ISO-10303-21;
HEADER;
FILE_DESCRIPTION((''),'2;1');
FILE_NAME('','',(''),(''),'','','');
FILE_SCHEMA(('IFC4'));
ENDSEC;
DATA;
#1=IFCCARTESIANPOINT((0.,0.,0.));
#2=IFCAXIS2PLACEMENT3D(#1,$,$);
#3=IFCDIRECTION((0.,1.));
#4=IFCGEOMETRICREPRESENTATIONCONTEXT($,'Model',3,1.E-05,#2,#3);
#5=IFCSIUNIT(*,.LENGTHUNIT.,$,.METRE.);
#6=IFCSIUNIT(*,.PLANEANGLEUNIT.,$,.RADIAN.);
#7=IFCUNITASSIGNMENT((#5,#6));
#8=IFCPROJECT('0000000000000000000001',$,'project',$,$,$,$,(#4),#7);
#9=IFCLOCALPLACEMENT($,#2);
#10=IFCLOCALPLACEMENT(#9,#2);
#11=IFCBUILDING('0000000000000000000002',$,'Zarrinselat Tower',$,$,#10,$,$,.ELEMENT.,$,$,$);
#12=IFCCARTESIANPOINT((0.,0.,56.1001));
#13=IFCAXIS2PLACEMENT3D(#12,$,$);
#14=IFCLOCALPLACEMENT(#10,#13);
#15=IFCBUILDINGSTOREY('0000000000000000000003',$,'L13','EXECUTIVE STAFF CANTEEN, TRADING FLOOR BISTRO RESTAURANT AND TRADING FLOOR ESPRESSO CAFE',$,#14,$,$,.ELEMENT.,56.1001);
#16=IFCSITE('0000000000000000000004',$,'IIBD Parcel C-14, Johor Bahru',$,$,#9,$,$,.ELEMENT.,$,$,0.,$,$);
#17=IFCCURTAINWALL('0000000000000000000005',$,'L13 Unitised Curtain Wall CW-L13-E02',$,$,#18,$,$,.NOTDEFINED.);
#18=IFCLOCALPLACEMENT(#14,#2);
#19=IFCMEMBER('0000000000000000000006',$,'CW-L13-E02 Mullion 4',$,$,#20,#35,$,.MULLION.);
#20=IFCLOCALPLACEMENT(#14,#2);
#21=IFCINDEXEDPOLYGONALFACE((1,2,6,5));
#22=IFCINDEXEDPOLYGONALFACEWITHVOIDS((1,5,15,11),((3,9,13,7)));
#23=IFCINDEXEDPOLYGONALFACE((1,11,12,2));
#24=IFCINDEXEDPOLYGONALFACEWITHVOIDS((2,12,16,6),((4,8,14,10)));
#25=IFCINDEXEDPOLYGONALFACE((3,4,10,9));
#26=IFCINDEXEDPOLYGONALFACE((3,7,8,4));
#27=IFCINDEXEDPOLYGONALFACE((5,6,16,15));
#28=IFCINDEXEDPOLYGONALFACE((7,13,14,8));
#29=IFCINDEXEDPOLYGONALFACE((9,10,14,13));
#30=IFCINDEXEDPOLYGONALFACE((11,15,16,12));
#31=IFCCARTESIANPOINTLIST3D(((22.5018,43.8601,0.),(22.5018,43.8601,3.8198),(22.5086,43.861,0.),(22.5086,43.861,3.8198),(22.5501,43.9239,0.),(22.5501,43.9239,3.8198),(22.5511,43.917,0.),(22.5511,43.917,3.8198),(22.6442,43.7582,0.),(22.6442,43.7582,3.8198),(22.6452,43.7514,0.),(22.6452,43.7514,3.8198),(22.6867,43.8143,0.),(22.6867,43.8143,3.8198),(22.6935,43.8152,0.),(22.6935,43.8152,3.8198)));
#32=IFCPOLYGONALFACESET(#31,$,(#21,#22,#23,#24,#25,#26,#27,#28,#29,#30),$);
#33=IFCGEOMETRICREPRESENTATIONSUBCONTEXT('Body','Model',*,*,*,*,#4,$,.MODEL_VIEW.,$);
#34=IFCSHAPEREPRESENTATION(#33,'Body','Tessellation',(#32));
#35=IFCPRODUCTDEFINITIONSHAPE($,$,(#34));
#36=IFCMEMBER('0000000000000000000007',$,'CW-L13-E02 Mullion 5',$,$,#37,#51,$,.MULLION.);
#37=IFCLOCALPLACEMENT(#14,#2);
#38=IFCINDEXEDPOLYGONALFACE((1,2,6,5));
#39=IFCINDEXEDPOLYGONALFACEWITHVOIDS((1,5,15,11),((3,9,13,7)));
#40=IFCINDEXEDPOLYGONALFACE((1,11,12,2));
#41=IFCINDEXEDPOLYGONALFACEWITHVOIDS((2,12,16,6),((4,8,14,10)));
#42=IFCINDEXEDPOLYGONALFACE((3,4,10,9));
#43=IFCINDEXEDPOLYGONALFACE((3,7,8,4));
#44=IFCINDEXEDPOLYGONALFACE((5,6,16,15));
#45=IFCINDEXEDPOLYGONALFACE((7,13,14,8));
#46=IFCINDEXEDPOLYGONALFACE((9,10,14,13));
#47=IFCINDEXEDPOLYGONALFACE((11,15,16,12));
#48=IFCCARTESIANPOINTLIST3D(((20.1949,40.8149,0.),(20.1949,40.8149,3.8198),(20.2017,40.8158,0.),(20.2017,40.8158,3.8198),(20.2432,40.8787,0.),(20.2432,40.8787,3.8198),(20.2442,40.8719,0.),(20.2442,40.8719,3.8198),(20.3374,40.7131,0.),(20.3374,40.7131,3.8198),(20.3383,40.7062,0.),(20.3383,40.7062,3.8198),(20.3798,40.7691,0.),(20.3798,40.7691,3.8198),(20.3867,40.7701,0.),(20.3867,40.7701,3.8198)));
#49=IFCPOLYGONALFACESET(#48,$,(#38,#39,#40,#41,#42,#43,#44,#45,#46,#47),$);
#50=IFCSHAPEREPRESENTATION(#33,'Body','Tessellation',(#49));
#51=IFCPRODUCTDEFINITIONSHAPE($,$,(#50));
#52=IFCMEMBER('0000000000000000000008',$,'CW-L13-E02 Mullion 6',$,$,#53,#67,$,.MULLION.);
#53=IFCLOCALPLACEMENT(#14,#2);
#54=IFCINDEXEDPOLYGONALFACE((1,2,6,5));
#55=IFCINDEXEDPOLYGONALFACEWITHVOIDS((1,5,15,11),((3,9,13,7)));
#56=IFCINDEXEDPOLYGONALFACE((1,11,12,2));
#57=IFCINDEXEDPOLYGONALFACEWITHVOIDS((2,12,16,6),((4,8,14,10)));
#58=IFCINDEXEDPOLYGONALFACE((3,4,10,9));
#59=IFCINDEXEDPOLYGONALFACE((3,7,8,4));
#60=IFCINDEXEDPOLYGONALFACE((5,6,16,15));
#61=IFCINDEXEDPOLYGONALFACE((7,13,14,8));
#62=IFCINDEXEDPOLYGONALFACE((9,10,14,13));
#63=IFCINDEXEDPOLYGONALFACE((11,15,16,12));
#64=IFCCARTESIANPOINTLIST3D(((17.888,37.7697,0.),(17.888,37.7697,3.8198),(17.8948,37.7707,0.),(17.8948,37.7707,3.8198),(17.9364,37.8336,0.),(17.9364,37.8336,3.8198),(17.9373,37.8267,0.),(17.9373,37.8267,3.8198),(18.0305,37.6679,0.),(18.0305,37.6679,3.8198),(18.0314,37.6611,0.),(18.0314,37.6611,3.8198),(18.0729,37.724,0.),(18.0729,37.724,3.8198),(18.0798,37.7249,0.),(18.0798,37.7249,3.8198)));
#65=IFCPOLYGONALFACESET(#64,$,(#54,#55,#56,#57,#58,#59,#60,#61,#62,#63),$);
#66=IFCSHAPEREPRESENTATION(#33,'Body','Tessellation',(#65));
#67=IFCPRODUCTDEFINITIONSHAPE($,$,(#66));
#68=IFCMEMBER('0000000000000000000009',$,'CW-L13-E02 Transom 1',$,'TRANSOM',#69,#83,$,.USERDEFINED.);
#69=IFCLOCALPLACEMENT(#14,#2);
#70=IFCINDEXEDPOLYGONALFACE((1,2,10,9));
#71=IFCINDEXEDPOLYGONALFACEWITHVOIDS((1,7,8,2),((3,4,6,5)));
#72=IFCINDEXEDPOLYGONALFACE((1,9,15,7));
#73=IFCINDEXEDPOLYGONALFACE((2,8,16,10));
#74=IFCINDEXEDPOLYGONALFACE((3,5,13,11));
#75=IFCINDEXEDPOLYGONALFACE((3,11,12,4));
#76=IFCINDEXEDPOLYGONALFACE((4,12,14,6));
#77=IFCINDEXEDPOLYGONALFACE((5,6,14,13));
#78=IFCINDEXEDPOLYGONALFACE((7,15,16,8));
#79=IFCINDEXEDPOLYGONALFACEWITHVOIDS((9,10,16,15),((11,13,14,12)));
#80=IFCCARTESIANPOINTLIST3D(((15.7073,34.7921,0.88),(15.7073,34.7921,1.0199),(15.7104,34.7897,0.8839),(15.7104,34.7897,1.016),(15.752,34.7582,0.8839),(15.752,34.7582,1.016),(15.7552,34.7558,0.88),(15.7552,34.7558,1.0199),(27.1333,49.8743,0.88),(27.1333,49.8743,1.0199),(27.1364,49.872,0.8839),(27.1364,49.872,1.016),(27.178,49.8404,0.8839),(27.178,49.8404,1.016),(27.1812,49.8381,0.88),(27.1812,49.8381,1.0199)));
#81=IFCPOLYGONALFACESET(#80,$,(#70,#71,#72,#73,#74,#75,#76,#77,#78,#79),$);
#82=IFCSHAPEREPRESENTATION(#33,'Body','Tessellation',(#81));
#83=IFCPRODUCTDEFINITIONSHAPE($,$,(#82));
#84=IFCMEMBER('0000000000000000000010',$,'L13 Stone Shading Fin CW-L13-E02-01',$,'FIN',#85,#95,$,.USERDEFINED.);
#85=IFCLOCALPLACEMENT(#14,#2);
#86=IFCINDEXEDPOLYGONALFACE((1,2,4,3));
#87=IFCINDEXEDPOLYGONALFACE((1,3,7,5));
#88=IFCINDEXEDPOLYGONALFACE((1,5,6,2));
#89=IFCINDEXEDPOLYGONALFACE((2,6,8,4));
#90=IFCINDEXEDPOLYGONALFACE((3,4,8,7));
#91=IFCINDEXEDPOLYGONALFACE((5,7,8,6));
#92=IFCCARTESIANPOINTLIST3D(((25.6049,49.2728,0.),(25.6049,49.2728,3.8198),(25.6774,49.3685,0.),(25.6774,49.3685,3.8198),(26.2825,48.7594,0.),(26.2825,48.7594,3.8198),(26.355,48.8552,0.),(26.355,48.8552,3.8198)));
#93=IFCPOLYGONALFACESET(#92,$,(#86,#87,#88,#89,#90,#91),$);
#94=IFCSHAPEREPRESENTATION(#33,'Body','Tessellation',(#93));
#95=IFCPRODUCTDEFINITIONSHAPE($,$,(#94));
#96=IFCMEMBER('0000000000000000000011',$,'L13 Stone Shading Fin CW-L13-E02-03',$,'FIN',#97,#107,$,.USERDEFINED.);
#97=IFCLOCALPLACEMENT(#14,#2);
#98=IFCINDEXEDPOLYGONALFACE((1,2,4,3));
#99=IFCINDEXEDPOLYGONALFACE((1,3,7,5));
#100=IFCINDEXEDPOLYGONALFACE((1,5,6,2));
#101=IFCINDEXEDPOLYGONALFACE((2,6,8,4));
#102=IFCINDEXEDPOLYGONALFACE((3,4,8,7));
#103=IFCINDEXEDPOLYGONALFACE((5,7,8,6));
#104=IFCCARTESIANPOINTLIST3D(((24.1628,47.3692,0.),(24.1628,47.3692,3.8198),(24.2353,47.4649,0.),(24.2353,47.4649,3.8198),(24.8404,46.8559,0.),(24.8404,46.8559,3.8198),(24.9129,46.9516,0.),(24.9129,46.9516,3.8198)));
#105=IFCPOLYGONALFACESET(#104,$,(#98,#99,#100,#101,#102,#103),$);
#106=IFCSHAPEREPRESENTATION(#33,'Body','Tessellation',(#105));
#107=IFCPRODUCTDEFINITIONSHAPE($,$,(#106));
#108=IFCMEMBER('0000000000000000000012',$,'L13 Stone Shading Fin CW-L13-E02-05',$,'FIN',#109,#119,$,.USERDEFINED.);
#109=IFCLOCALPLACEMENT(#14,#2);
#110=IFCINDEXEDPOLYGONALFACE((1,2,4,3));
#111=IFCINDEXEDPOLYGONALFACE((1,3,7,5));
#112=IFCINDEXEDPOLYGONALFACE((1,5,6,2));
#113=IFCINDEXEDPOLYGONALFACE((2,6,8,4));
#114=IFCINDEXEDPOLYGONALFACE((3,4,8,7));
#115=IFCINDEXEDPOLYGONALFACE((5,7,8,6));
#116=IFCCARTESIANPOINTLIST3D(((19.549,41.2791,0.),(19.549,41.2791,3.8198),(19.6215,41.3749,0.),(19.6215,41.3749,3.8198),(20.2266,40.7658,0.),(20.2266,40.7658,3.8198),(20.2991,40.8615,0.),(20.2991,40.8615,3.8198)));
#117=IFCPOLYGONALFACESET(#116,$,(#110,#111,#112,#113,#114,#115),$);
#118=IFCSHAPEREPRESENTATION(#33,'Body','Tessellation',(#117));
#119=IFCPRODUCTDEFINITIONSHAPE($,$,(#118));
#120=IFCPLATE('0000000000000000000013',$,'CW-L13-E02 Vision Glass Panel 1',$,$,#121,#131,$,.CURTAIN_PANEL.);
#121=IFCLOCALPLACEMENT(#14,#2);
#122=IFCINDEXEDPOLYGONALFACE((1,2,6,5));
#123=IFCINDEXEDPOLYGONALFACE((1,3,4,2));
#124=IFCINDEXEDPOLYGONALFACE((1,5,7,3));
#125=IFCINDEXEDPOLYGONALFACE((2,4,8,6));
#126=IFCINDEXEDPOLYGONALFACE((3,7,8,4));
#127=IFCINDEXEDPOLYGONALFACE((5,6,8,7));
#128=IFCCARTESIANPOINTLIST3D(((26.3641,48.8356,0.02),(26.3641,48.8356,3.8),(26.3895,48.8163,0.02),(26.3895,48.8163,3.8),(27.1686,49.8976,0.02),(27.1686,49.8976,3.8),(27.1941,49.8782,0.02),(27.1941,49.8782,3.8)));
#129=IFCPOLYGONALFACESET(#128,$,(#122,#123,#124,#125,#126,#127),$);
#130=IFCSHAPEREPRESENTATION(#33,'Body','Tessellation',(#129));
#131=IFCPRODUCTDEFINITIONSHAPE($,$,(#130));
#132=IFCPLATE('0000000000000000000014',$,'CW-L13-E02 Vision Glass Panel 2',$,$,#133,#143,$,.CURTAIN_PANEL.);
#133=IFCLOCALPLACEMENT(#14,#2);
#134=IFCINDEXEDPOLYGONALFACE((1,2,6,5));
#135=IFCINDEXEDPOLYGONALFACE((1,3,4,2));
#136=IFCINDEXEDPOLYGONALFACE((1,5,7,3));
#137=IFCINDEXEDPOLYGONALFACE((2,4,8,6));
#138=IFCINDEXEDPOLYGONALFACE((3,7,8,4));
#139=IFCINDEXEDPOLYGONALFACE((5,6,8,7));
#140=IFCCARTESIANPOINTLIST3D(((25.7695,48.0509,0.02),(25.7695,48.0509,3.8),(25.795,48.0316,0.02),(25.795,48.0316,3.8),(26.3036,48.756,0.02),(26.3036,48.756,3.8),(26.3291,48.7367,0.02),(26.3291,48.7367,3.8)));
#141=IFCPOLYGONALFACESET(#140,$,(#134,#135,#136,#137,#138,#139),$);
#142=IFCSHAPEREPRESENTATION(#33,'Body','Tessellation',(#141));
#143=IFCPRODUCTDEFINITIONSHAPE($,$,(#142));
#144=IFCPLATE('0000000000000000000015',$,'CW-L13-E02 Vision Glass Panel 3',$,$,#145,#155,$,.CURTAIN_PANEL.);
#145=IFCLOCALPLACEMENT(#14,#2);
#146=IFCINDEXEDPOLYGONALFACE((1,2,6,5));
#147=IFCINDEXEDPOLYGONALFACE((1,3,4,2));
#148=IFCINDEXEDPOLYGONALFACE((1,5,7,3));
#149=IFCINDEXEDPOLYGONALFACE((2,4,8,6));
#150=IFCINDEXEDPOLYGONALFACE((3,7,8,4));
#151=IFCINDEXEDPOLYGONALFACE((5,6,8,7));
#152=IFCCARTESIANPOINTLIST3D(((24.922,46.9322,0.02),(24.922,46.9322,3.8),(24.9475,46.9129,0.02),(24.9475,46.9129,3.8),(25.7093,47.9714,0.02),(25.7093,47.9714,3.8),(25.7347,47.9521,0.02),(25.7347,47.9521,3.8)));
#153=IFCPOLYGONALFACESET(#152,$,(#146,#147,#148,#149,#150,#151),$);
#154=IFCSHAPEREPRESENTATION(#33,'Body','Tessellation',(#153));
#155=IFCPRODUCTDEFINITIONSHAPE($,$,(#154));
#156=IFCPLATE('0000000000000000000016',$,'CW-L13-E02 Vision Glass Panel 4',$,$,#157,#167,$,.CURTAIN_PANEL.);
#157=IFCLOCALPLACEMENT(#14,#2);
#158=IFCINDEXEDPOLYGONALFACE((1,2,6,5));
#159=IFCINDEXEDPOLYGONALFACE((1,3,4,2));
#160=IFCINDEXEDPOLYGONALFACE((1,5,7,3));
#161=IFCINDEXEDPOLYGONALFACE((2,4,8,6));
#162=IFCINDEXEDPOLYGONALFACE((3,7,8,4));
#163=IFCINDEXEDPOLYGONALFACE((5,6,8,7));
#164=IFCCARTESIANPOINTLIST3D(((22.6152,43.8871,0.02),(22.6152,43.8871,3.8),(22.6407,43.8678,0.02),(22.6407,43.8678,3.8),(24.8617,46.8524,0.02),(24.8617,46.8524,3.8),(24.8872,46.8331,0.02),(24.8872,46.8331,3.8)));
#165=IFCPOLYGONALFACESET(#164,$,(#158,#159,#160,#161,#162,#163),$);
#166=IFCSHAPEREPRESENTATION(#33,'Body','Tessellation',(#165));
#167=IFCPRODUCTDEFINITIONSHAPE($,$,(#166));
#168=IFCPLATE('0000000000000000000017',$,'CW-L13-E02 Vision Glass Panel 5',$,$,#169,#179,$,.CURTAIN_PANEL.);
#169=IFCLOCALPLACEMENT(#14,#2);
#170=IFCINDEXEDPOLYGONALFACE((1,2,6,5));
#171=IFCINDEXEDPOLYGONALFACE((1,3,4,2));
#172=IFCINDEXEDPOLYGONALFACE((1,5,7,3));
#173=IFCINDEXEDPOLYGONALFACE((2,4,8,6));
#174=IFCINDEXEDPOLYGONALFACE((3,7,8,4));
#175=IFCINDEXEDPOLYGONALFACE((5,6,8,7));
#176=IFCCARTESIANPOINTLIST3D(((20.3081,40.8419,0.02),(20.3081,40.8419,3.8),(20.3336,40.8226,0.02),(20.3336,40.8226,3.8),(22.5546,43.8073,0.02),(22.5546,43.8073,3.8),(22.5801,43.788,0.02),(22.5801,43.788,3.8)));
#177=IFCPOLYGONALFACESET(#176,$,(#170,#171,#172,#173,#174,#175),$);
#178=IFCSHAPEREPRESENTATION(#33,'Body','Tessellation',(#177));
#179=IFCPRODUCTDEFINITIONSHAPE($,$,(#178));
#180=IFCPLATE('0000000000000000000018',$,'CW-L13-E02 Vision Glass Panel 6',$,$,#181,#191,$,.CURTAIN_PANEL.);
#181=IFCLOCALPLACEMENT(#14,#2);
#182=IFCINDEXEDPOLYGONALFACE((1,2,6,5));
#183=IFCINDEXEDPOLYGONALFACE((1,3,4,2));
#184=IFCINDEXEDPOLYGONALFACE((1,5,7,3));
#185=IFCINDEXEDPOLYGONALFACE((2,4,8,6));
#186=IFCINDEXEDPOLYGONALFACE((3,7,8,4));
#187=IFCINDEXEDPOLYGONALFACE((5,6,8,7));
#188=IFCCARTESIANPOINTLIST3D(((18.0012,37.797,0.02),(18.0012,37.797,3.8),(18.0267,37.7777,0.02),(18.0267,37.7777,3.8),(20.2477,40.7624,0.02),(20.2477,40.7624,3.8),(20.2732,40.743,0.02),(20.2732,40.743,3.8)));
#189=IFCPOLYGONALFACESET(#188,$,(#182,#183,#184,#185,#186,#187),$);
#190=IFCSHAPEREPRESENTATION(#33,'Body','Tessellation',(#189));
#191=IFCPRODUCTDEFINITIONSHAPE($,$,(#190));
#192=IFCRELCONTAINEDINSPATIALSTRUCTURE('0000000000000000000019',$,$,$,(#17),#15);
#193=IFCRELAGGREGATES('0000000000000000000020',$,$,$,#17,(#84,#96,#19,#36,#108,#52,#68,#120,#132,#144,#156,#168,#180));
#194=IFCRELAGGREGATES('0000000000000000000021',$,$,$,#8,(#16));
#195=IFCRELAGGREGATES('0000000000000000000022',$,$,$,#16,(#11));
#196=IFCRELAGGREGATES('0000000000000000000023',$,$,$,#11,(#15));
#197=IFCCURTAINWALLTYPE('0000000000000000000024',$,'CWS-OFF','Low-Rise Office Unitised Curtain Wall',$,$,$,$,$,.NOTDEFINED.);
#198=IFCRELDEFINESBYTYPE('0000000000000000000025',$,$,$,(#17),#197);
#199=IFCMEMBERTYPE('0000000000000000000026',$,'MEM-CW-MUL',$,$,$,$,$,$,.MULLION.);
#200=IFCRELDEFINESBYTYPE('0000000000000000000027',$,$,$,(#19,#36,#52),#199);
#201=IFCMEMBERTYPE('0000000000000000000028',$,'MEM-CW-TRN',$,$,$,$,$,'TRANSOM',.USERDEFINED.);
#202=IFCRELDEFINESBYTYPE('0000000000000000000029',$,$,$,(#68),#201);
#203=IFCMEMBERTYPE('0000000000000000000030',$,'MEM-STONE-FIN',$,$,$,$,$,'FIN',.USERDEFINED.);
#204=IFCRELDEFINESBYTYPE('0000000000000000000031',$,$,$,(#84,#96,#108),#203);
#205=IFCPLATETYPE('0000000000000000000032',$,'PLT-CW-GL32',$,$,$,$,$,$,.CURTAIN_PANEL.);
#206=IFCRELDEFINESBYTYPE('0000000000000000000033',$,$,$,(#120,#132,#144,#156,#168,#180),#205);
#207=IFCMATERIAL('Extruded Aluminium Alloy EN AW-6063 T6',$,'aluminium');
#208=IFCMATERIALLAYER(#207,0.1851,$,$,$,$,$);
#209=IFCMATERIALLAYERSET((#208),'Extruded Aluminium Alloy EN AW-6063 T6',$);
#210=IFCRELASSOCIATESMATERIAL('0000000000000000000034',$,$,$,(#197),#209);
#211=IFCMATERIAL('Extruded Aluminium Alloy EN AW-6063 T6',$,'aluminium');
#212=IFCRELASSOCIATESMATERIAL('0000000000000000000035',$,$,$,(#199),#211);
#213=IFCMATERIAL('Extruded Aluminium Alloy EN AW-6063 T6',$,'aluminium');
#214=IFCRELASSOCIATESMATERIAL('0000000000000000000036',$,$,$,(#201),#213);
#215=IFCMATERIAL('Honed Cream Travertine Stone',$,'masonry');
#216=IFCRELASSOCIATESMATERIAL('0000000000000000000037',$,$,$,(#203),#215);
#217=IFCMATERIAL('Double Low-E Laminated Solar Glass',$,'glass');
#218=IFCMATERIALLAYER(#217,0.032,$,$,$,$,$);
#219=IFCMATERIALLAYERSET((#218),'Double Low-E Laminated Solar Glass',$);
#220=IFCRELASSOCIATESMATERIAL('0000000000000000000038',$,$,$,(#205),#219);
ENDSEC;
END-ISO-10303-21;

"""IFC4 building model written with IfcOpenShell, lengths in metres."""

from ifc_helpers import new_model, si_unit, direction, frame, origin, origin_2d, place, context, subcontext, project, spatial, rectangle, hollow_rectangle, extrude, material, layer, layer_set, material_profile, profile_set, type_object, element, aggregate, save


model = new_model("IFC4")

# Units and contexts
model_context = context("Model", 3, precision=1e-05, world=origin(), true_north=direction((0.0, 1.0)))
body_context = subcontext(model_context, "Body", "Model", "MODEL_VIEW")
ifc_project = project(units=[si_unit("LENGTHUNIT", "METRE"), si_unit("PLANEANGLEUNIT", "RADIAN")], contexts=[model_context])

# Site, building, storey
site_placement = place(None, origin())
site = spatial("IfcSite", under=ifc_project, at=site_placement, Name="IIBD Parcel C-14, Johor Bahru", CompositionType="ELEMENT", RefElevation=0.0)
building_placement = place(site_placement, origin())
building = spatial("IfcBuilding", under=site, at=building_placement, Name="Zarrinselat Tower", CompositionType="ELEMENT")
storey_placement = place(building_placement, frame((0.0, 0.0, 56.1001)))
storey = spatial("IfcBuildingStorey", under=building, at=storey_placement, Name="L13", Description="EXECUTIVE STAFF CANTEEN, TRADING FLOOR BISTRO RESTAURANT AND TRADING FLOOR ESPRESSO CAFE", CompositionType="ELEMENT", Elevation=56.1001)

# Shared definitions
ifc_material_1 = material(Name="Extruded Aluminium Alloy EN AW-6063 T6", Category="aluminium")
ifc_layer_1 = layer(ifc_material_1, 0.1851)
ifc_layer_set_1 = layer_set([ifc_layer_1], Name="Extruded Aluminium Alloy EN AW-6063 T6")
curtain_wall_type = type_object("IfcCurtainWallType", Name="CWS-OFF", Description="Low-Rise Office Unitised Curtain Wall", PredefinedType="NOTDEFINED", material=ifc_layer_set_1)
ifc_material_2 = material(Name="Extruded Aluminium Alloy EN AW-6063 T6", Category="aluminium")
ifc_material_profile_1 = material_profile(ifc_material_2, hollow_rectangle(XDim=0.0801, YDim=0.1799, WallThickness=0.0049, at=origin_2d()), Name="RHS 180x80x5")
ifc_profile_set_1 = profile_set([ifc_material_profile_1], Name="Extruded Aluminium Alloy EN AW-6063 T6")
member_type_1 = type_object("IfcMemberType", Name="MEM-CW-MUL", PredefinedType="MULLION", material=ifc_profile_set_1)

# Curtain wall, members, plates
curtain_wall_1_placement = place(storey_placement, origin())
curtain_wall_1 = element("IfcCurtainWall", 1, at=curtain_wall_1_placement, inside=storey, type_object=curtain_wall_type, Name="L13 Unitised Curtain Wall CW-L13-E02", PredefinedType="NOTDEFINED")
member_1_placement = place(storey_placement, frame((22.5977, 43.8376, 0.0), z_axis=(0.0, 0.0, 1.0), x_axis=(-0.60386, -0.797091, 0.0)))
member_1 = element("IfcMember", 2, at=member_1_placement, type_object=member_type_1, Name="CW-L13-E02 Mullion 4", PredefinedType="MULLION", context=body_context, shape_type="SweptSolid", body=[
    extrude(hollow_rectangle(XDim=0.0801, YDim=0.1799, WallThickness=0.0049, at=origin_2d()), origin(), (0.0, 0.0, 1.0), 3.8198),
])
member_2_placement = place(storey_placement, frame((20.2908, 40.7925, 0.0), z_axis=(0.0, 0.0, 1.0), x_axis=(-0.60386, -0.797091, 0.0)))
member_2 = element("IfcMember", 3, at=member_2_placement, type_object=member_type_1, Name="CW-L13-E02 Mullion 5", PredefinedType="MULLION", context=body_context, shape_type="SweptSolid", body=[
    extrude(hollow_rectangle(XDim=0.0801, YDim=0.1799, WallThickness=0.0049, at=origin_2d()), origin(), (0.0, 0.0, 1.0), 3.8198),
])
member_3_placement = place(storey_placement, frame((17.9839, 37.7473, 0.0), z_axis=(0.0, 0.0, 1.0), x_axis=(-0.60386, -0.797091, 0.0)))
member_3 = element("IfcMember", 4, at=member_3_placement, type_object=member_type_1, Name="CW-L13-E02 Mullion 6", PredefinedType="MULLION", context=body_context, shape_type="SweptSolid", body=[
    extrude(hollow_rectangle(XDim=0.0801, YDim=0.1799, WallThickness=0.0049, at=origin_2d()), origin(), (0.0, 0.0, 1.0), 3.8198),
])
ifc_material_3 = material(Name="Extruded Aluminium Alloy EN AW-6063 T6", Category="aluminium")
ifc_material_profile_2 = material_profile(ifc_material_3, hollow_rectangle(XDim=0.0601, YDim=0.1399, WallThickness=0.0039, at=origin_2d()), Name="RHS 140x60x4")
ifc_profile_set_2 = profile_set([ifc_material_profile_2], Name="Extruded Aluminium Alloy EN AW-6063 T6")
member_type_2 = type_object("IfcMemberType", Name="MEM-CW-TRN", ElementType="TRANSOM", PredefinedType="USERDEFINED", material=ifc_profile_set_2)
member_4_placement = place(storey_placement, frame((27.1572, 49.8562, 0.95), z_axis=(-0.60386, -0.797091, 0.0), x_axis=(0.797091, -0.60386, 0.0)))
member_4 = element("IfcMember", 5, at=member_4_placement, type_object=member_type_2, Name="CW-L13-E02 Transom 1", ObjectType="TRANSOM", PredefinedType="USERDEFINED", context=body_context, shape_type="SweptSolid", body=[
    extrude(hollow_rectangle(XDim=0.0601, YDim=0.1399, WallThickness=0.0039, at=origin_2d()), origin(), (0.0, 0.0, 1.0), 18.9216),
])
ifc_material_4 = material(Name="Honed Cream Travertine Stone", Category="masonry")
ifc_material_profile_3 = material_profile(ifc_material_4, rectangle(XDim=0.1201, YDim=0.8501, at=origin_2d()), Name="FIN 850x120")
ifc_profile_set_3 = profile_set([ifc_material_profile_3], Name="Honed Cream Travertine Stone")
member_type_3 = type_object("IfcMemberType", Name="MEM-STONE-FIN", ElementType="FIN", PredefinedType="USERDEFINED", material=ifc_profile_set_3)
member_5_placement = place(storey_placement, frame((25.98, 49.064, 0.0), z_axis=(0.0, 0.0, 1.0), x_axis=(0.60386, 0.797091, 0.0)))
member_5 = element("IfcMember", 6, at=member_5_placement, type_object=member_type_3, Name="L13 Stone Shading Fin CW-L13-E02-01", ObjectType="FIN", PredefinedType="USERDEFINED", context=body_context, shape_type="SweptSolid", body=[
    extrude(rectangle(XDim=0.1201, YDim=0.8501, at=origin_2d()), origin(), (0.0, 0.0, 1.0), 3.8198),
])
member_6_placement = place(storey_placement, frame((24.5378, 47.1604, 0.0), z_axis=(0.0, 0.0, 1.0), x_axis=(0.60386, 0.797091, 0.0)))
member_6 = element("IfcMember", 7, at=member_6_placement, type_object=member_type_3, Name="L13 Stone Shading Fin CW-L13-E02-03", ObjectType="FIN", PredefinedType="USERDEFINED", context=body_context, shape_type="SweptSolid", body=[
    extrude(rectangle(XDim=0.1201, YDim=0.8501, at=origin_2d()), origin(), (0.0, 0.0, 1.0), 3.8198),
])
member_7_placement = place(storey_placement, frame((19.9241, 41.0703, 0.0), z_axis=(0.0, 0.0, 1.0), x_axis=(0.60386, 0.797091, 0.0)))
member_7 = element("IfcMember", 8, at=member_7_placement, type_object=member_type_3, Name="L13 Stone Shading Fin CW-L13-E02-05", ObjectType="FIN", PredefinedType="USERDEFINED", context=body_context, shape_type="SweptSolid", body=[
    extrude(rectangle(XDim=0.1201, YDim=0.8501, at=origin_2d()), origin(), (0.0, 0.0, 1.0), 3.8198),
])
ifc_material_5 = material(Name="Double Low-E Laminated Solar Glass", Category="glass")
ifc_layer_2 = layer(ifc_material_5, 0.032)
ifc_layer_set_2 = layer_set([ifc_layer_2], Name="Double Low-E Laminated Solar Glass")
plate_type = type_object("IfcPlateType", Name="PLT-CW-GL32", PredefinedType="CURTAIN_PANEL", material=ifc_layer_set_2)
plate_1_placement = place(storey_placement, frame((26.7791, 49.3569, 0.02), z_axis=(0.0, 0.0, 1.0), x_axis=(-0.60386, -0.797091, 0.0)))
plate_1 = element("IfcPlate", 9, at=plate_1_placement, type_object=plate_type, Name="CW-L13-E02 Vision Glass Panel 1", PredefinedType="CURTAIN_PANEL", context=body_context, shape_type="SweptSolid", body=[
    extrude(rectangle(XDim=1.3323, YDim=0.032, at=origin_2d()), origin(), (0.0, 0.0, 1.0), 3.78),
])
plate_2_placement = place(storey_placement, frame((26.0493, 48.3938, 0.02), z_axis=(0.0, 0.0, 1.0), x_axis=(-0.60386, -0.797091, 0.0)))
plate_2 = element("IfcPlate", 10, at=plate_2_placement, type_object=plate_type, Name="CW-L13-E02 Vision Glass Panel 2", PredefinedType="CURTAIN_PANEL", context=body_context, shape_type="SweptSolid", body=[
    extrude(rectangle(XDim=0.8845, YDim=0.032, at=origin_2d()), origin(), (0.0, 0.0, 1.0), 3.78),
])
plate_3_placement = place(storey_placement, frame((25.3284, 47.4421, 0.02), z_axis=(0.0, 0.0, 1.0), x_axis=(-0.60386, -0.797091, 0.0)))
plate_3 = element("IfcPlate", 11, at=plate_3_placement, type_object=plate_type, Name="CW-L13-E02 Vision Glass Panel 3", PredefinedType="CURTAIN_PANEL", context=body_context, shape_type="SweptSolid", body=[
    extrude(rectangle(XDim=1.3037, YDim=0.032, at=origin_2d()), origin(), (0.0, 0.0, 1.0), 3.78),
])
plate_4_placement = place(storey_placement, frame((23.7512, 45.3601, 0.02), z_axis=(0.0, 0.0, 1.0), x_axis=(-0.60386, -0.797091, 0.0)))
plate_4 = element("IfcPlate", 12, at=plate_4_placement, type_object=plate_type, Name="CW-L13-E02 Vision Glass Panel 4", PredefinedType="CURTAIN_PANEL", context=body_context, shape_type="SweptSolid", body=[
    extrude(rectangle(XDim=3.7202, YDim=0.032, at=origin_2d()), origin(), (0.0, 0.0, 1.0), 3.78),
])
plate_5_placement = place(storey_placement, frame((21.4441, 42.3149, 0.02), z_axis=(0.0, 0.0, 1.0), x_axis=(-0.60386, -0.797091, 0.0)))
plate_5 = element("IfcPlate", 13, at=plate_5_placement, type_object=plate_type, Name="CW-L13-E02 Vision Glass Panel 5", PredefinedType="CURTAIN_PANEL", context=body_context, shape_type="SweptSolid", body=[
    extrude(rectangle(XDim=3.7202, YDim=0.032, at=origin_2d()), origin(), (0.0, 0.0, 1.0), 3.78),
])
plate_6_placement = place(storey_placement, frame((19.1372, 39.27, 0.02), z_axis=(0.0, 0.0, 1.0), x_axis=(-0.60386, -0.797091, 0.0)))
plate_6 = element("IfcPlate", 14, at=plate_6_placement, type_object=plate_type, Name="CW-L13-E02 Vision Glass Panel 6", PredefinedType="CURTAIN_PANEL", context=body_context, shape_type="SweptSolid", body=[
    extrude(rectangle(XDim=3.7202, YDim=0.032, at=origin_2d()), origin(), (0.0, 0.0, 1.0), 3.78),
])
aggregate(curtain_wall_1, [member_5, member_6, member_1, member_2, member_7, member_3, member_4, plate_1, plate_2, plate_3, plate_4, plate_5, plate_6])

save(model, "model.ifc")
